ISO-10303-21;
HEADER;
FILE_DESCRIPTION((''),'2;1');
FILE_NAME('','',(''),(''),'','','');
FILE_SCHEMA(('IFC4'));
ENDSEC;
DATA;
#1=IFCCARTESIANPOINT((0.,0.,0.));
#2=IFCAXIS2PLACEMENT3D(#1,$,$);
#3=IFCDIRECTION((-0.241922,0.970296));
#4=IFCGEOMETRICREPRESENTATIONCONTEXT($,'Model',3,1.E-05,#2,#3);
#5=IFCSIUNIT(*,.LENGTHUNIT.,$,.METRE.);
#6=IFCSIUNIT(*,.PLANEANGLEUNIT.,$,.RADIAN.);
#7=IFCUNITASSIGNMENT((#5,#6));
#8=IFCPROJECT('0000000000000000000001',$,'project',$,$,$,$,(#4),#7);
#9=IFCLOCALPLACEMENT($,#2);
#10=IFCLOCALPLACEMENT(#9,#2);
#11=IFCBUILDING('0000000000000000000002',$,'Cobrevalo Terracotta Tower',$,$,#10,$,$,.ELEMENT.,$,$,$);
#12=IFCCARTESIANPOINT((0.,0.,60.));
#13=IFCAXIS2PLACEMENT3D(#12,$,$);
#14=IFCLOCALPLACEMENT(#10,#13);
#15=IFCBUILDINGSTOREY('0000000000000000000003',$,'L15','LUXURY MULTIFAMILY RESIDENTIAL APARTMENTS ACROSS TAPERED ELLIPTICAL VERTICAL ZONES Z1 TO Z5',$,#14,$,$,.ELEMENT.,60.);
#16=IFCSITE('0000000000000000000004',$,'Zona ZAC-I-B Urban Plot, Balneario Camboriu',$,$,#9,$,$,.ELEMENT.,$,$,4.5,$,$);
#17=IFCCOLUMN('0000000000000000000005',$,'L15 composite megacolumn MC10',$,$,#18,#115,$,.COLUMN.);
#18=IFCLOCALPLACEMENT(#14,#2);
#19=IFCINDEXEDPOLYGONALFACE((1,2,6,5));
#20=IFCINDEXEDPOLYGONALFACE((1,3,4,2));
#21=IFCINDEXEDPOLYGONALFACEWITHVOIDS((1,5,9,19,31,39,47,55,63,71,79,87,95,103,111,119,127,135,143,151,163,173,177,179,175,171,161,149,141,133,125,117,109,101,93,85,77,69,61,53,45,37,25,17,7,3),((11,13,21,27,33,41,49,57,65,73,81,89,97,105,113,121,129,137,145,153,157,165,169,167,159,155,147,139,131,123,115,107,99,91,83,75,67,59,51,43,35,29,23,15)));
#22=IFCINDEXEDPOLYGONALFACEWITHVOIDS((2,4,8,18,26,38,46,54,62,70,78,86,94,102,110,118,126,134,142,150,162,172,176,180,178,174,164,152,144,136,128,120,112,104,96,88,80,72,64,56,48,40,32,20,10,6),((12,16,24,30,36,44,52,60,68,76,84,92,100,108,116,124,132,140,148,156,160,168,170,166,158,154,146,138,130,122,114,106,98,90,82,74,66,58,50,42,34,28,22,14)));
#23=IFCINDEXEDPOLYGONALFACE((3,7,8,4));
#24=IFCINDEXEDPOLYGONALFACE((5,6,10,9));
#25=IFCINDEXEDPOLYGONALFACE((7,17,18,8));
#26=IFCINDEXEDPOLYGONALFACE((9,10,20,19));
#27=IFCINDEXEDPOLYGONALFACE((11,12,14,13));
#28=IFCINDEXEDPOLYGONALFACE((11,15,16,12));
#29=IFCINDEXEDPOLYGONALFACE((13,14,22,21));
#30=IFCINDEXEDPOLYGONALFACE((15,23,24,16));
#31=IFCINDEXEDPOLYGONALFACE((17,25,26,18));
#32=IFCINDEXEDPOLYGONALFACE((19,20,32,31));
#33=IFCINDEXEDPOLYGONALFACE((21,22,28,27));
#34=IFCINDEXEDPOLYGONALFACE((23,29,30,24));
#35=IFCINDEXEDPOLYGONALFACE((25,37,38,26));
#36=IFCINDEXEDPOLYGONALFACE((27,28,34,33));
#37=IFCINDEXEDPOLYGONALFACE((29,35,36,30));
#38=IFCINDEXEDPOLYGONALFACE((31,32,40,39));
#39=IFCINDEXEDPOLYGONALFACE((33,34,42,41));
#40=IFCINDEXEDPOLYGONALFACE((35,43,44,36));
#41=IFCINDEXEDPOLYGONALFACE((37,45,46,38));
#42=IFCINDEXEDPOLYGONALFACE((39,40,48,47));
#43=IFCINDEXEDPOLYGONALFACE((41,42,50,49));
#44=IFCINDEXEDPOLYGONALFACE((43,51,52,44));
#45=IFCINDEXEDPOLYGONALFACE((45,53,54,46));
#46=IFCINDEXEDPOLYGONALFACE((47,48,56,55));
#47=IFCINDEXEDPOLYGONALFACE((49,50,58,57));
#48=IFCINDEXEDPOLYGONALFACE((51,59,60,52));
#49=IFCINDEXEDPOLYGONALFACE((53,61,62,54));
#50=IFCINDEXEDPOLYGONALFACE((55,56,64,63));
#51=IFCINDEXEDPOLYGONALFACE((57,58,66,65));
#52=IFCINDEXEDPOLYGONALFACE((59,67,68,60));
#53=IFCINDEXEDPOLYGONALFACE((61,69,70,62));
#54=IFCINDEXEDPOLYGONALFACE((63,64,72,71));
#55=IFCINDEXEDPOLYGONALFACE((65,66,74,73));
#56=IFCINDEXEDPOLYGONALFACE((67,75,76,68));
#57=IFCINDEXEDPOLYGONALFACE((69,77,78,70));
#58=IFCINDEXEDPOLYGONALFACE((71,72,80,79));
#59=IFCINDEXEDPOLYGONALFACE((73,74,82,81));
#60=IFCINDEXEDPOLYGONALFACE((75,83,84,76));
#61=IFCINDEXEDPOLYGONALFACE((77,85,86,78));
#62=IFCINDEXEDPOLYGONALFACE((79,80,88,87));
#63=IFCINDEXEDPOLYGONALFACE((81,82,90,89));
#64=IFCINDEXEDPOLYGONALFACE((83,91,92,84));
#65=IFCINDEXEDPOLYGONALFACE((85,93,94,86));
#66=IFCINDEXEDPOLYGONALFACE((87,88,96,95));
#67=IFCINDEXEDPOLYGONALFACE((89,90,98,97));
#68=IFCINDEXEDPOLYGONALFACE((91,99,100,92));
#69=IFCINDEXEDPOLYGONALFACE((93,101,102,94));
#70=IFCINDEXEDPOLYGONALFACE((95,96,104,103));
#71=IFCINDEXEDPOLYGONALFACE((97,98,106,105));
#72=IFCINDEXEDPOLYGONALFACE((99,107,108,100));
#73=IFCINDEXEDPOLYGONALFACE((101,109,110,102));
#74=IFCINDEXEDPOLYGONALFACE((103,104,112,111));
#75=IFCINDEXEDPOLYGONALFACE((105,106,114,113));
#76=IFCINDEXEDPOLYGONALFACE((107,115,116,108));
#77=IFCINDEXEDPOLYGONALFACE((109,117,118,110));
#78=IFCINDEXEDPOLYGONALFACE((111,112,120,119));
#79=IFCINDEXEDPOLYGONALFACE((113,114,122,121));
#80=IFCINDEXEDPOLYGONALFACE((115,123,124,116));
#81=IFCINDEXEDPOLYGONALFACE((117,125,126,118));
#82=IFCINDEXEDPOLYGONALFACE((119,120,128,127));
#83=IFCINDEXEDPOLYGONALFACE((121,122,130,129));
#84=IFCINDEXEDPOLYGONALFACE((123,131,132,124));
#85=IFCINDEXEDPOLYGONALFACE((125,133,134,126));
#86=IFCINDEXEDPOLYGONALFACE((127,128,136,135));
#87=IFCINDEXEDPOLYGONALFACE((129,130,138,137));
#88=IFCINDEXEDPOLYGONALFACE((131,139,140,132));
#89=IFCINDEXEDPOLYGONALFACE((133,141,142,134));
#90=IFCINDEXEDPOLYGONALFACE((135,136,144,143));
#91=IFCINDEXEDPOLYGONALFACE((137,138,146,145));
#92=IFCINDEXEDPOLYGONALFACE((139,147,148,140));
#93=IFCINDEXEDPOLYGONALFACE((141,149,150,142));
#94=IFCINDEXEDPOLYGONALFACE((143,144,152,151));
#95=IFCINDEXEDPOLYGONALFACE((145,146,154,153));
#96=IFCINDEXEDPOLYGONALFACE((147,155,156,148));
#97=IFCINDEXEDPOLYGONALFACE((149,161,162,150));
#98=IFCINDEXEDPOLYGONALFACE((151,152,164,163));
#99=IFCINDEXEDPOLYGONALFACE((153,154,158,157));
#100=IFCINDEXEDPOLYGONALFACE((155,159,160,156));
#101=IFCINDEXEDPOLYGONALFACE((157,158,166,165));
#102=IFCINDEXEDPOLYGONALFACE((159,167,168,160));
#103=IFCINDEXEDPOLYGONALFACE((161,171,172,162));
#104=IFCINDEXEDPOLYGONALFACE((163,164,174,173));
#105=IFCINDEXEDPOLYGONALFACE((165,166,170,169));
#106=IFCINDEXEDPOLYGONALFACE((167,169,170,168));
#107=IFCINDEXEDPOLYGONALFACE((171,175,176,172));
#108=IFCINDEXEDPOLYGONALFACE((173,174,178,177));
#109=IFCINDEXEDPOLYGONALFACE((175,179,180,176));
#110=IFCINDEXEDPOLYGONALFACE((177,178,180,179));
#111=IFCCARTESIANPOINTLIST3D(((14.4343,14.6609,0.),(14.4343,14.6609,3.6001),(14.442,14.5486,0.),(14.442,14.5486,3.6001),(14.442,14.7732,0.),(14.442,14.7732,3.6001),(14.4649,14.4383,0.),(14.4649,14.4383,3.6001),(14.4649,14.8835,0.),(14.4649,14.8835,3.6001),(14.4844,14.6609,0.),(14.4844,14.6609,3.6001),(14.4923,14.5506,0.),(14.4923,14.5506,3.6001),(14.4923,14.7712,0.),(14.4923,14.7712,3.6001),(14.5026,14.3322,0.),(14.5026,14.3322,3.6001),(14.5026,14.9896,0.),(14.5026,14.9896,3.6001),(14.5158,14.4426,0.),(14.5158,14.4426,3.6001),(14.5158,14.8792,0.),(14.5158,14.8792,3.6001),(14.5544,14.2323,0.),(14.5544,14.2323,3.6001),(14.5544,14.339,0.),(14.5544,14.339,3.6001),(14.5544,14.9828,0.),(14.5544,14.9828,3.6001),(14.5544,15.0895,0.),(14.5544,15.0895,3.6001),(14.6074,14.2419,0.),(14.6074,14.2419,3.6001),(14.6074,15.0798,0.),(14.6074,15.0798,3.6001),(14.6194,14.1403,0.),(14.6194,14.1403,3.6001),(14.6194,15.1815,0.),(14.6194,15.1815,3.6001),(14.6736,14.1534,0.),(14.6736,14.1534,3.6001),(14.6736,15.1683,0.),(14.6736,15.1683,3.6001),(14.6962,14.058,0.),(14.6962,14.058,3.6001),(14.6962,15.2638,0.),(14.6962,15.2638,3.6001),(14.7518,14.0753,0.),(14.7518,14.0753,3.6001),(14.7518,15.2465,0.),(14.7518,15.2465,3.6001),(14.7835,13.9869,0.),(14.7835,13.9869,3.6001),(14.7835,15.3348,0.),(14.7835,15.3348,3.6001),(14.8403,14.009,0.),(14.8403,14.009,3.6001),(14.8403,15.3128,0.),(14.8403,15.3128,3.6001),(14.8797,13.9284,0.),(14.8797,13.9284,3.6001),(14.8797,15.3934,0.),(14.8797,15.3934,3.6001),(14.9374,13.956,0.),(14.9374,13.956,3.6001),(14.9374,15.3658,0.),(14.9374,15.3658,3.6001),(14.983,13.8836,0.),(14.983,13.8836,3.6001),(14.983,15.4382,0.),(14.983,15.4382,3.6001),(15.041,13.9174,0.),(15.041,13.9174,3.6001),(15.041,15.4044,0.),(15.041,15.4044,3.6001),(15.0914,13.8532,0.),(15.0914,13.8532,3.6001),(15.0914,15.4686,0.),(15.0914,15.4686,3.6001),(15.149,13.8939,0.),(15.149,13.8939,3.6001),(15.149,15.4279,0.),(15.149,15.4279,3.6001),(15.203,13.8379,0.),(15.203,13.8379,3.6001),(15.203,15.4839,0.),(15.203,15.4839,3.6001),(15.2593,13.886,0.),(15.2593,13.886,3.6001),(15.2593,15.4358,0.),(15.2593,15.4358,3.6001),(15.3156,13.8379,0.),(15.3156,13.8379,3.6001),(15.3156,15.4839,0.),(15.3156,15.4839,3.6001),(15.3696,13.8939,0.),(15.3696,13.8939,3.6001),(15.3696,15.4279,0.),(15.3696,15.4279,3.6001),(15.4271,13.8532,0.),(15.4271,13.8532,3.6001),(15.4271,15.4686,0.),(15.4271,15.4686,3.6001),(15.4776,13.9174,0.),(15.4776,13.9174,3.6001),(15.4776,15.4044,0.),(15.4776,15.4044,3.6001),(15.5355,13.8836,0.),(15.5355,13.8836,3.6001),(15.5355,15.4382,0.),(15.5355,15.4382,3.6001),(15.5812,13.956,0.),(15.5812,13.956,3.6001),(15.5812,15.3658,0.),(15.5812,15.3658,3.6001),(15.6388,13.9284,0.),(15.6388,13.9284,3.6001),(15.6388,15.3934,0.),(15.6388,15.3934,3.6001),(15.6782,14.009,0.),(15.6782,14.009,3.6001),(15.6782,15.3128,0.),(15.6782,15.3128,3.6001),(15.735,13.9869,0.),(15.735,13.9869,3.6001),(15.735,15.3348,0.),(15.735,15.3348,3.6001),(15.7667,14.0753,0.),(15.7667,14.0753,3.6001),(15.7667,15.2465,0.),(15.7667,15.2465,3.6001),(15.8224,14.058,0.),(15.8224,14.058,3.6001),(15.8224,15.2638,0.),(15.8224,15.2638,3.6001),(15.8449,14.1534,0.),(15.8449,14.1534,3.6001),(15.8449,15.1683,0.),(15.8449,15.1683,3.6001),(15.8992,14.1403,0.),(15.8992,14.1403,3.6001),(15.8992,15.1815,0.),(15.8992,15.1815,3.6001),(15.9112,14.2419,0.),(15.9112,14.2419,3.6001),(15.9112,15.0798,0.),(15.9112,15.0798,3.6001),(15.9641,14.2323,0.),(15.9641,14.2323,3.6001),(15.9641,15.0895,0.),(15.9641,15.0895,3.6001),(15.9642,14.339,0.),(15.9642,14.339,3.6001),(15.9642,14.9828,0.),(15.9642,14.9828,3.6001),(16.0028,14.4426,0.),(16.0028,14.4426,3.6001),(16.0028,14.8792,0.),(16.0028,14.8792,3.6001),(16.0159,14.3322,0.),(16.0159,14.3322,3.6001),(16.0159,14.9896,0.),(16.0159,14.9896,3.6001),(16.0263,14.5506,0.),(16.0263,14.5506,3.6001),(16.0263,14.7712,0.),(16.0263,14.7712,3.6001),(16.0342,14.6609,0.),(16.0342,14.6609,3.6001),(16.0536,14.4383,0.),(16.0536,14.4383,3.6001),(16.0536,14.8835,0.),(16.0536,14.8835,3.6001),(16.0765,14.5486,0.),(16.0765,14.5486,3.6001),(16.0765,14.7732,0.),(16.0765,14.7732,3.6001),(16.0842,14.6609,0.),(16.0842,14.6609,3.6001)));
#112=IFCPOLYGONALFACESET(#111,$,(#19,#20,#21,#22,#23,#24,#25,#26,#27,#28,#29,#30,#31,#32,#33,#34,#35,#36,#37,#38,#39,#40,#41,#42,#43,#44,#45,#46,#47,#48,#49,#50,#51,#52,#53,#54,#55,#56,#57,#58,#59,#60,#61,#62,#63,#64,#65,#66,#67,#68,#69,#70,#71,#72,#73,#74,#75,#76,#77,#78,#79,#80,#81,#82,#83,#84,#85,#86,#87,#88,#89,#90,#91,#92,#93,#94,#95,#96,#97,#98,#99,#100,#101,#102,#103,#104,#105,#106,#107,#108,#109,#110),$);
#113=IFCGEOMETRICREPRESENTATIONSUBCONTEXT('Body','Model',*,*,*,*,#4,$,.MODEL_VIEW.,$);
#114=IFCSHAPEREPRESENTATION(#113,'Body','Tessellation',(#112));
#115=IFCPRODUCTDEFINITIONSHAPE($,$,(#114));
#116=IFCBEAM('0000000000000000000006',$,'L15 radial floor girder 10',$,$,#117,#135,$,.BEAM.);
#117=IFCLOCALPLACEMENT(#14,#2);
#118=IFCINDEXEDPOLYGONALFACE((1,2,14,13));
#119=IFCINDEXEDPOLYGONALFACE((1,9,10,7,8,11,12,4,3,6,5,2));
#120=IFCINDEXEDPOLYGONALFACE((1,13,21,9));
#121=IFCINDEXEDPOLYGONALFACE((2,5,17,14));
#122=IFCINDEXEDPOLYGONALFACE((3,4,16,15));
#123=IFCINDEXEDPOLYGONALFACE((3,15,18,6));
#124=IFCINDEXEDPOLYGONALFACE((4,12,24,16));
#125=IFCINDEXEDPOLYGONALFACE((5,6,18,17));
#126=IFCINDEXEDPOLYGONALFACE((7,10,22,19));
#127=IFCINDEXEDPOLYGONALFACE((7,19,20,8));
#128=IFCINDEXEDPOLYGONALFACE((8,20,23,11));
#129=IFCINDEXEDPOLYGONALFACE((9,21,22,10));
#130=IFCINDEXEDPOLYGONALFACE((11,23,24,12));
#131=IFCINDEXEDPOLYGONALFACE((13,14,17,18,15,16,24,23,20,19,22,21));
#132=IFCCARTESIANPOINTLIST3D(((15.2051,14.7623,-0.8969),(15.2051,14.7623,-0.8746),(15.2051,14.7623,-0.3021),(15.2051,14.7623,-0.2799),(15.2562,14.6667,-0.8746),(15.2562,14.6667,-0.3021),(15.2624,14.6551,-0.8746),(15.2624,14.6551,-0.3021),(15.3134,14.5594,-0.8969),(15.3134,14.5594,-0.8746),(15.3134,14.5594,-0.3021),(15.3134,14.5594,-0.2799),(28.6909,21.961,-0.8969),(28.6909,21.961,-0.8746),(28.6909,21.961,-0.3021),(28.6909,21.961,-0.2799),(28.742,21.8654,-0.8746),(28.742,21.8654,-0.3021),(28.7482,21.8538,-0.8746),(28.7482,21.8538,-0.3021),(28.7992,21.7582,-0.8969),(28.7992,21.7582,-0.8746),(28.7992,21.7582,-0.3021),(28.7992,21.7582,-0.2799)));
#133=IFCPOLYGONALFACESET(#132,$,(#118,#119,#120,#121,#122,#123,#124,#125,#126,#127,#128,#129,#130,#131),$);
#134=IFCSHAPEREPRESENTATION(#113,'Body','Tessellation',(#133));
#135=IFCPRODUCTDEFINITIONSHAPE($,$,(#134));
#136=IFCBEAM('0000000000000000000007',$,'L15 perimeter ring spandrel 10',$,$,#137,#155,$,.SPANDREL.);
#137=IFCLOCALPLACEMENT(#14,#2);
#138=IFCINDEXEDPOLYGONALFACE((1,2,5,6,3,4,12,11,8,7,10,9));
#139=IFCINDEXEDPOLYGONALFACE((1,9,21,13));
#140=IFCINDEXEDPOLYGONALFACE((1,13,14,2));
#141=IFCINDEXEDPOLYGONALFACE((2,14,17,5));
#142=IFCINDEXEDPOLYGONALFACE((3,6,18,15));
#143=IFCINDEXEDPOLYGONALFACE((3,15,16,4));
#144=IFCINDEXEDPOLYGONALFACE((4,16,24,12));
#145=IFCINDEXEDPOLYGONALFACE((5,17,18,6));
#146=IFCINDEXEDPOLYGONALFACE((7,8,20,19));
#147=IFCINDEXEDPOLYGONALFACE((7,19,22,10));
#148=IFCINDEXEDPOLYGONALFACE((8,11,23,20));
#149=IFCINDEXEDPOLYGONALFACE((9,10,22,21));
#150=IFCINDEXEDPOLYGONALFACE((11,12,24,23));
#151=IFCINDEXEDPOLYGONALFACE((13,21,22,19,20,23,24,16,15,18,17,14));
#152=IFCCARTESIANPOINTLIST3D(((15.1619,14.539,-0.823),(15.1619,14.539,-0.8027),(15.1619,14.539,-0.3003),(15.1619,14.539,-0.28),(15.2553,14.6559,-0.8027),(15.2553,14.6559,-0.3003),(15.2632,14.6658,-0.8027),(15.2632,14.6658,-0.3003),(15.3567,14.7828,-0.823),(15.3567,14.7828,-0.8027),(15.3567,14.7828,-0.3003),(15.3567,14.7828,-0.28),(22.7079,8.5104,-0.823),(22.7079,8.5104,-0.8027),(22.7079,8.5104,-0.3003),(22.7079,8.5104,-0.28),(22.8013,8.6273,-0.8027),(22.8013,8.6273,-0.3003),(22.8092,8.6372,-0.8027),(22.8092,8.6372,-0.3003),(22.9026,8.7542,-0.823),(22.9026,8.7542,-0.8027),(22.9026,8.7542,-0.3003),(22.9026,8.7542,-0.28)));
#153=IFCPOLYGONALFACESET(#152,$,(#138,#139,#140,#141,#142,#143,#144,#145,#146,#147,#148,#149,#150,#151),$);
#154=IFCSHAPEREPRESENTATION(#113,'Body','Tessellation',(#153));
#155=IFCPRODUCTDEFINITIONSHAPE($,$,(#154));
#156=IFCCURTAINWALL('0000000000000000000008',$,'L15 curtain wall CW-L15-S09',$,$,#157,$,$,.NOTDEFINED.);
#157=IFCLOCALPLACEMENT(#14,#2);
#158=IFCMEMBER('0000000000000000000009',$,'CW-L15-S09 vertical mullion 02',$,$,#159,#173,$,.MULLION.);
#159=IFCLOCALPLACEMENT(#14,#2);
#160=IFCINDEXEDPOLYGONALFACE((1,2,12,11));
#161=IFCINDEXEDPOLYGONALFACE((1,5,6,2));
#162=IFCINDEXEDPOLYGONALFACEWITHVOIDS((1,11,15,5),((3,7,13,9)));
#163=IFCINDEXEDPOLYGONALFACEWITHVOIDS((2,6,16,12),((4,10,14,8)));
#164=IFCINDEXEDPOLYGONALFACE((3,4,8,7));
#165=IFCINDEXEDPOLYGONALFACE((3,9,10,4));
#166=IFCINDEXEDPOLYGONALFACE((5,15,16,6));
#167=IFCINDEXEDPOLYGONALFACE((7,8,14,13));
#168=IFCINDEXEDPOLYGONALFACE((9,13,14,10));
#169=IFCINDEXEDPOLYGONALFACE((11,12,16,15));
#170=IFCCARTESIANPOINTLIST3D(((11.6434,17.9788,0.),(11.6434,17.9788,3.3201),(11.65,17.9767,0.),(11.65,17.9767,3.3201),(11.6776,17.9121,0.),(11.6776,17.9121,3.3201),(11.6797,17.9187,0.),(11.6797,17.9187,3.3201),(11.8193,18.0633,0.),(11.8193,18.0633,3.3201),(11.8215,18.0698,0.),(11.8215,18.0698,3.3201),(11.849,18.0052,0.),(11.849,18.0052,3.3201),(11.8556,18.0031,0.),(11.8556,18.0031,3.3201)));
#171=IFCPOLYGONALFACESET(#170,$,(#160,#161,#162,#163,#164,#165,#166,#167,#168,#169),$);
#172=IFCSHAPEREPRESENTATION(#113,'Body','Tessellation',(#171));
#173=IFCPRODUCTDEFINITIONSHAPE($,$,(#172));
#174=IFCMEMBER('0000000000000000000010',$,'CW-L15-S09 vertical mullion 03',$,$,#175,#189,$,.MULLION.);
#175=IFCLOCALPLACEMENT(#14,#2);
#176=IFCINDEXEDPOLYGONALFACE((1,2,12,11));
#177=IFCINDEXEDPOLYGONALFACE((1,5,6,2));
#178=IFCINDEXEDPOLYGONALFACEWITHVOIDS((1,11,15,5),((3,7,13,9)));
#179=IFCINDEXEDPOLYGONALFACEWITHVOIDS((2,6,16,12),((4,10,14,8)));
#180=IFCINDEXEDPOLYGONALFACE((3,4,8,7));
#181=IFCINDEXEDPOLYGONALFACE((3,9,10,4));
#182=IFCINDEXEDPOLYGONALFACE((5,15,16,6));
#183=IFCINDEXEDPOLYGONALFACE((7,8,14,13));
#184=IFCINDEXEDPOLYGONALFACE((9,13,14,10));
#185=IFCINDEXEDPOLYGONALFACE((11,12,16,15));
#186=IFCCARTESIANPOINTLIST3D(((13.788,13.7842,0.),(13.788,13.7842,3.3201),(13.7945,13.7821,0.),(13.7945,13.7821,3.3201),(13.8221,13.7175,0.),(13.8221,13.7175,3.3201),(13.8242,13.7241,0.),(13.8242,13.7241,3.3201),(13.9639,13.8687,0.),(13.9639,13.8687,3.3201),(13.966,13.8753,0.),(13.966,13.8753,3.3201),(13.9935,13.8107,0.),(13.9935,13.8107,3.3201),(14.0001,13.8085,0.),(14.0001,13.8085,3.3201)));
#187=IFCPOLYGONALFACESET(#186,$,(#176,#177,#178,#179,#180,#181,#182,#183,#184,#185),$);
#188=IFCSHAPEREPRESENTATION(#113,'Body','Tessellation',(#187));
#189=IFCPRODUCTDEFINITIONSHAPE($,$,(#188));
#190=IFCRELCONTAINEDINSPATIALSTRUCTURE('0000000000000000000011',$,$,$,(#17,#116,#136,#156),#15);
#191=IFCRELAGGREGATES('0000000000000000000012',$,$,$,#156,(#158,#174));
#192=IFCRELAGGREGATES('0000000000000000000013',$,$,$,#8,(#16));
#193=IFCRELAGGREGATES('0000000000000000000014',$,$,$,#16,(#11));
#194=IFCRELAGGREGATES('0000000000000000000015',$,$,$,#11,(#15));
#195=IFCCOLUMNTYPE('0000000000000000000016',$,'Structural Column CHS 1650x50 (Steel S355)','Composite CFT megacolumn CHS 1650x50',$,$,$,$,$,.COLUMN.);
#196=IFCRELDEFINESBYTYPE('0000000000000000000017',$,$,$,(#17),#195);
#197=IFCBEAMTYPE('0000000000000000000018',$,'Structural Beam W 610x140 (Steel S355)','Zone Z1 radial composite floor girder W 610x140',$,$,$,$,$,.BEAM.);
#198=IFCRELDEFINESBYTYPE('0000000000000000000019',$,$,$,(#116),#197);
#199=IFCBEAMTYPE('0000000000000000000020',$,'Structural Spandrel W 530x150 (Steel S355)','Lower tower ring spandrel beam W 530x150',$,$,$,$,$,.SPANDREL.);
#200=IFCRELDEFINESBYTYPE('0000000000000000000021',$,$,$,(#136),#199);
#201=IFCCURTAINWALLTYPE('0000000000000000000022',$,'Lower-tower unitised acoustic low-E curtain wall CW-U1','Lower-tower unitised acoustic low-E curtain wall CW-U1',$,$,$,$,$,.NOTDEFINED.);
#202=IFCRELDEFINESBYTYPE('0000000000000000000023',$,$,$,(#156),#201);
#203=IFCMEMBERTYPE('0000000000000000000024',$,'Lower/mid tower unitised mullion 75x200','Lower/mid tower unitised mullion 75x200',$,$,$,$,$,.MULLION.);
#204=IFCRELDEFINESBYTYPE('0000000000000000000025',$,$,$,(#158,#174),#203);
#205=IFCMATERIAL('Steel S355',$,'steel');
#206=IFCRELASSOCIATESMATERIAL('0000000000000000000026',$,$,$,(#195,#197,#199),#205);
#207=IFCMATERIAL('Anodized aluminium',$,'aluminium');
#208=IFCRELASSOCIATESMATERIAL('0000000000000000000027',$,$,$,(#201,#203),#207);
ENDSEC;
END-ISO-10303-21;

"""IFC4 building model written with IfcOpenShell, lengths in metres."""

from ifc_helpers import new_model, si_unit, direction, frame, origin, origin_2d, place, context, subcontext, project, spatial, hollow_rectangle, hollow_circle, i_section, extrude, source, transform, mapped, material, material_profile, profile_set, type_object, element, aggregate, save


model = new_model("IFC4")

# Units and contexts
model_context = context("Model", 3, precision=1e-05, world=origin(), true_north=direction((-0.241922, 0.970296)))
body_context = subcontext(model_context, "Body", "Model", "MODEL_VIEW")
ifc_project = project(units=[si_unit("LENGTHUNIT", "METRE"), si_unit("PLANEANGLEUNIT", "RADIAN")], contexts=[model_context])

# Site, building, storey
site_placement = place(None, origin())
site = spatial("IfcSite", under=ifc_project, at=site_placement, Name="Zona ZAC-I-B Urban Plot, Balneario Camboriu", CompositionType="ELEMENT", RefElevation=4.5)
building_placement = place(site_placement, origin())
building = spatial("IfcBuilding", under=site, at=building_placement, Name="Cobrevalo Terracotta Tower", CompositionType="ELEMENT")
storey_placement = place(building_placement, frame((0.0, 0.0, 60.0)))
storey = spatial("IfcBuildingStorey", under=building, at=storey_placement, Name="L15", Description="LUXURY MULTIFAMILY RESIDENTIAL APARTMENTS ACROSS TAPERED ELLIPTICAL VERTICAL ZONES Z1 TO Z5", CompositionType="ELEMENT", Elevation=60.0)

# Column
ifc_material_1 = material(Name="Steel S355", Category="steel")
ifc_material_profile_1 = material_profile(ifc_material_1, hollow_circle(Radius=0.825, WallThickness=0.05, at=origin_2d()), Name="CHS 1650x50")
ifc_profile_set_1 = profile_set([ifc_material_profile_1], Name="Steel S355")
column_type = type_object("IfcColumnType", Name="Structural Column CHS 1650x50 (Steel S355)", Description="Composite CFT megacolumn CHS 1650x50", PredefinedType="COLUMN", material=ifc_profile_set_1)
column_placement = place(storey_placement, frame((15.2593, 14.6609, 0.0), z_axis=(0.0, 0.0, 1.0), x_axis=(1.0, 0.0, 0.0)))
element("IfcColumn", 1, at=column_placement, inside=storey, type_object=column_type, Name="L15 composite megacolumn MC10", PredefinedType="COLUMN", context=body_context, shape_type="SweptSolid", body=[
    extrude(hollow_circle(Radius=0.825, WallThickness=0.05, at=origin_2d()), origin(), (0.0, 0.0, 1.0), 3.6001),
])

# Beams
ifc_material_profile_2 = material_profile(ifc_material_1, i_section(OverallWidth=0.23, OverallDepth=0.6169, WebThickness=0.0132, FlangeThickness=0.0222, at=origin_2d()), Name="W 610x140")
ifc_profile_set_2 = profile_set([ifc_material_profile_2], Name="Steel S355")
beam_type_1 = type_object("IfcBeamType", Name="Structural Beam W 610x140 (Steel S355)", Description="Zone Z1 radial composite floor girder W 610x140", PredefinedType="BEAM", material=ifc_profile_set_2)
beam_1_placement = place(storey_placement, frame((15.2593, 14.6609, -0.5884), z_axis=(0.882182, 0.470908, 0.0), x_axis=(-0.470908, 0.882182, 0.0)))
element("IfcBeam", 2, at=beam_1_placement, inside=storey, type_object=beam_type_1, Name="L15 radial floor girder 10", PredefinedType="BEAM", context=body_context, shape_type="SweptSolid", body=[
    extrude(i_section(OverallWidth=0.23, OverallDepth=0.6169, WebThickness=0.0132, FlangeThickness=0.0222, at=origin_2d()), origin(), (0.0, 0.0, 1.0), 15.2869),
])
ifc_material_profile_3 = material_profile(ifc_material_1, i_section(OverallWidth=0.312, OverallDepth=0.543, WebThickness=0.0127, FlangeThickness=0.0203, at=origin_2d()), Name="W 530x150")
ifc_profile_set_3 = profile_set([ifc_material_profile_3], Name="Steel S355")
beam_type_2 = type_object("IfcBeamType", Name="Structural Spandrel W 530x150 (Steel S355)", Description="Lower tower ring spandrel beam W 530x150", PredefinedType="SPANDREL", material=ifc_profile_set_3)
beam_2_placement = place(storey_placement, frame((15.2593, 14.6609, -0.5515), z_axis=(0.78128, -0.62418, 0.0), x_axis=(0.62418, 0.78128, 0.0)))
element("IfcBeam", 3, at=beam_2_placement, inside=storey, type_object=beam_type_2, Name="L15 perimeter ring spandrel 10", PredefinedType="SPANDREL", context=body_context, shape_type="SweptSolid", body=[
    extrude(i_section(OverallWidth=0.312, OverallDepth=0.543, WebThickness=0.0127, FlangeThickness=0.0203, at=origin_2d()), origin(), (0.0, 0.0, 1.0), 9.6584),
])

# Curtain wall, members
ifc_material_2 = material(Name="Anodized aluminium", Category="aluminium")
curtain_wall_type = type_object("IfcCurtainWallType", Name="Lower-tower unitised acoustic low-E curtain wall CW-U1", Description="Lower-tower unitised acoustic low-E curtain wall CW-U1", PredefinedType="NOTDEFINED", material=ifc_material_2)
curtain_wall_1_placement = place(storey_placement, origin())
curtain_wall_1 = element("IfcCurtainWall", 4, at=curtain_wall_1_placement, inside=storey, type_object=curtain_wall_type, Name="L15 curtain wall CW-L15-S09", PredefinedType="NOTDEFINED")
ifc_material_profile_4 = material_profile(ifc_material_2, hollow_rectangle(XDim=0.075, YDim=0.2, WallThickness=0.0049, at=origin_2d()), Name="CWM 75x200")
ifc_profile_set_4 = profile_set([ifc_material_profile_4], Name="Anodized aluminium")
member_type_1 = type_object("IfcMemberType", Name="Lower/mid tower unitised mullion 75x200", Description="Lower/mid tower unitised mullion 75x200", PredefinedType="MULLION", material=ifc_profile_set_4)
shared_shape_1 = source(origin(), body_context, "Body", "SweptSolid", [
    extrude(hollow_rectangle(XDim=0.075, YDim=0.2, WallThickness=0.0049, at=origin_2d()), origin(), (0.0, 0.0, 1.0), 3.3201),
])
member_1_placement = place(storey_placement, frame((11.7495, 17.991, 0.0), z_axis=(0.0, 0.0, 1.0), x_axis=(0.455234, -0.890372, 0.0)))
member_1 = element("IfcMember", 5, at=member_1_placement, type_object=member_type_1, Name="CW-L15-S09 vertical mullion 02", PredefinedType="MULLION", context=body_context, shape_type="MappedRepresentation", body=[
    mapped(shared_shape_1, transform((0.0, 0.0, 0.0), scale=1.0)),
])
member_2_placement = place(storey_placement, frame((13.894, 13.7964, 0.0), z_axis=(0.0, 0.0, 1.0), x_axis=(0.455234, -0.890372, 0.0)))
member_2 = element("IfcMember", 6, at=member_2_placement, type_object=member_type_1, Name="CW-L15-S09 vertical mullion 03", PredefinedType="MULLION", context=body_context, shape_type="MappedRepresentation", body=[
    mapped(shared_shape_1, transform((0.0, 0.0, 0.0), scale=1.0)),
])

aggregate(curtain_wall_1, [member_1, member_2])

save(model, "model.ifc")
